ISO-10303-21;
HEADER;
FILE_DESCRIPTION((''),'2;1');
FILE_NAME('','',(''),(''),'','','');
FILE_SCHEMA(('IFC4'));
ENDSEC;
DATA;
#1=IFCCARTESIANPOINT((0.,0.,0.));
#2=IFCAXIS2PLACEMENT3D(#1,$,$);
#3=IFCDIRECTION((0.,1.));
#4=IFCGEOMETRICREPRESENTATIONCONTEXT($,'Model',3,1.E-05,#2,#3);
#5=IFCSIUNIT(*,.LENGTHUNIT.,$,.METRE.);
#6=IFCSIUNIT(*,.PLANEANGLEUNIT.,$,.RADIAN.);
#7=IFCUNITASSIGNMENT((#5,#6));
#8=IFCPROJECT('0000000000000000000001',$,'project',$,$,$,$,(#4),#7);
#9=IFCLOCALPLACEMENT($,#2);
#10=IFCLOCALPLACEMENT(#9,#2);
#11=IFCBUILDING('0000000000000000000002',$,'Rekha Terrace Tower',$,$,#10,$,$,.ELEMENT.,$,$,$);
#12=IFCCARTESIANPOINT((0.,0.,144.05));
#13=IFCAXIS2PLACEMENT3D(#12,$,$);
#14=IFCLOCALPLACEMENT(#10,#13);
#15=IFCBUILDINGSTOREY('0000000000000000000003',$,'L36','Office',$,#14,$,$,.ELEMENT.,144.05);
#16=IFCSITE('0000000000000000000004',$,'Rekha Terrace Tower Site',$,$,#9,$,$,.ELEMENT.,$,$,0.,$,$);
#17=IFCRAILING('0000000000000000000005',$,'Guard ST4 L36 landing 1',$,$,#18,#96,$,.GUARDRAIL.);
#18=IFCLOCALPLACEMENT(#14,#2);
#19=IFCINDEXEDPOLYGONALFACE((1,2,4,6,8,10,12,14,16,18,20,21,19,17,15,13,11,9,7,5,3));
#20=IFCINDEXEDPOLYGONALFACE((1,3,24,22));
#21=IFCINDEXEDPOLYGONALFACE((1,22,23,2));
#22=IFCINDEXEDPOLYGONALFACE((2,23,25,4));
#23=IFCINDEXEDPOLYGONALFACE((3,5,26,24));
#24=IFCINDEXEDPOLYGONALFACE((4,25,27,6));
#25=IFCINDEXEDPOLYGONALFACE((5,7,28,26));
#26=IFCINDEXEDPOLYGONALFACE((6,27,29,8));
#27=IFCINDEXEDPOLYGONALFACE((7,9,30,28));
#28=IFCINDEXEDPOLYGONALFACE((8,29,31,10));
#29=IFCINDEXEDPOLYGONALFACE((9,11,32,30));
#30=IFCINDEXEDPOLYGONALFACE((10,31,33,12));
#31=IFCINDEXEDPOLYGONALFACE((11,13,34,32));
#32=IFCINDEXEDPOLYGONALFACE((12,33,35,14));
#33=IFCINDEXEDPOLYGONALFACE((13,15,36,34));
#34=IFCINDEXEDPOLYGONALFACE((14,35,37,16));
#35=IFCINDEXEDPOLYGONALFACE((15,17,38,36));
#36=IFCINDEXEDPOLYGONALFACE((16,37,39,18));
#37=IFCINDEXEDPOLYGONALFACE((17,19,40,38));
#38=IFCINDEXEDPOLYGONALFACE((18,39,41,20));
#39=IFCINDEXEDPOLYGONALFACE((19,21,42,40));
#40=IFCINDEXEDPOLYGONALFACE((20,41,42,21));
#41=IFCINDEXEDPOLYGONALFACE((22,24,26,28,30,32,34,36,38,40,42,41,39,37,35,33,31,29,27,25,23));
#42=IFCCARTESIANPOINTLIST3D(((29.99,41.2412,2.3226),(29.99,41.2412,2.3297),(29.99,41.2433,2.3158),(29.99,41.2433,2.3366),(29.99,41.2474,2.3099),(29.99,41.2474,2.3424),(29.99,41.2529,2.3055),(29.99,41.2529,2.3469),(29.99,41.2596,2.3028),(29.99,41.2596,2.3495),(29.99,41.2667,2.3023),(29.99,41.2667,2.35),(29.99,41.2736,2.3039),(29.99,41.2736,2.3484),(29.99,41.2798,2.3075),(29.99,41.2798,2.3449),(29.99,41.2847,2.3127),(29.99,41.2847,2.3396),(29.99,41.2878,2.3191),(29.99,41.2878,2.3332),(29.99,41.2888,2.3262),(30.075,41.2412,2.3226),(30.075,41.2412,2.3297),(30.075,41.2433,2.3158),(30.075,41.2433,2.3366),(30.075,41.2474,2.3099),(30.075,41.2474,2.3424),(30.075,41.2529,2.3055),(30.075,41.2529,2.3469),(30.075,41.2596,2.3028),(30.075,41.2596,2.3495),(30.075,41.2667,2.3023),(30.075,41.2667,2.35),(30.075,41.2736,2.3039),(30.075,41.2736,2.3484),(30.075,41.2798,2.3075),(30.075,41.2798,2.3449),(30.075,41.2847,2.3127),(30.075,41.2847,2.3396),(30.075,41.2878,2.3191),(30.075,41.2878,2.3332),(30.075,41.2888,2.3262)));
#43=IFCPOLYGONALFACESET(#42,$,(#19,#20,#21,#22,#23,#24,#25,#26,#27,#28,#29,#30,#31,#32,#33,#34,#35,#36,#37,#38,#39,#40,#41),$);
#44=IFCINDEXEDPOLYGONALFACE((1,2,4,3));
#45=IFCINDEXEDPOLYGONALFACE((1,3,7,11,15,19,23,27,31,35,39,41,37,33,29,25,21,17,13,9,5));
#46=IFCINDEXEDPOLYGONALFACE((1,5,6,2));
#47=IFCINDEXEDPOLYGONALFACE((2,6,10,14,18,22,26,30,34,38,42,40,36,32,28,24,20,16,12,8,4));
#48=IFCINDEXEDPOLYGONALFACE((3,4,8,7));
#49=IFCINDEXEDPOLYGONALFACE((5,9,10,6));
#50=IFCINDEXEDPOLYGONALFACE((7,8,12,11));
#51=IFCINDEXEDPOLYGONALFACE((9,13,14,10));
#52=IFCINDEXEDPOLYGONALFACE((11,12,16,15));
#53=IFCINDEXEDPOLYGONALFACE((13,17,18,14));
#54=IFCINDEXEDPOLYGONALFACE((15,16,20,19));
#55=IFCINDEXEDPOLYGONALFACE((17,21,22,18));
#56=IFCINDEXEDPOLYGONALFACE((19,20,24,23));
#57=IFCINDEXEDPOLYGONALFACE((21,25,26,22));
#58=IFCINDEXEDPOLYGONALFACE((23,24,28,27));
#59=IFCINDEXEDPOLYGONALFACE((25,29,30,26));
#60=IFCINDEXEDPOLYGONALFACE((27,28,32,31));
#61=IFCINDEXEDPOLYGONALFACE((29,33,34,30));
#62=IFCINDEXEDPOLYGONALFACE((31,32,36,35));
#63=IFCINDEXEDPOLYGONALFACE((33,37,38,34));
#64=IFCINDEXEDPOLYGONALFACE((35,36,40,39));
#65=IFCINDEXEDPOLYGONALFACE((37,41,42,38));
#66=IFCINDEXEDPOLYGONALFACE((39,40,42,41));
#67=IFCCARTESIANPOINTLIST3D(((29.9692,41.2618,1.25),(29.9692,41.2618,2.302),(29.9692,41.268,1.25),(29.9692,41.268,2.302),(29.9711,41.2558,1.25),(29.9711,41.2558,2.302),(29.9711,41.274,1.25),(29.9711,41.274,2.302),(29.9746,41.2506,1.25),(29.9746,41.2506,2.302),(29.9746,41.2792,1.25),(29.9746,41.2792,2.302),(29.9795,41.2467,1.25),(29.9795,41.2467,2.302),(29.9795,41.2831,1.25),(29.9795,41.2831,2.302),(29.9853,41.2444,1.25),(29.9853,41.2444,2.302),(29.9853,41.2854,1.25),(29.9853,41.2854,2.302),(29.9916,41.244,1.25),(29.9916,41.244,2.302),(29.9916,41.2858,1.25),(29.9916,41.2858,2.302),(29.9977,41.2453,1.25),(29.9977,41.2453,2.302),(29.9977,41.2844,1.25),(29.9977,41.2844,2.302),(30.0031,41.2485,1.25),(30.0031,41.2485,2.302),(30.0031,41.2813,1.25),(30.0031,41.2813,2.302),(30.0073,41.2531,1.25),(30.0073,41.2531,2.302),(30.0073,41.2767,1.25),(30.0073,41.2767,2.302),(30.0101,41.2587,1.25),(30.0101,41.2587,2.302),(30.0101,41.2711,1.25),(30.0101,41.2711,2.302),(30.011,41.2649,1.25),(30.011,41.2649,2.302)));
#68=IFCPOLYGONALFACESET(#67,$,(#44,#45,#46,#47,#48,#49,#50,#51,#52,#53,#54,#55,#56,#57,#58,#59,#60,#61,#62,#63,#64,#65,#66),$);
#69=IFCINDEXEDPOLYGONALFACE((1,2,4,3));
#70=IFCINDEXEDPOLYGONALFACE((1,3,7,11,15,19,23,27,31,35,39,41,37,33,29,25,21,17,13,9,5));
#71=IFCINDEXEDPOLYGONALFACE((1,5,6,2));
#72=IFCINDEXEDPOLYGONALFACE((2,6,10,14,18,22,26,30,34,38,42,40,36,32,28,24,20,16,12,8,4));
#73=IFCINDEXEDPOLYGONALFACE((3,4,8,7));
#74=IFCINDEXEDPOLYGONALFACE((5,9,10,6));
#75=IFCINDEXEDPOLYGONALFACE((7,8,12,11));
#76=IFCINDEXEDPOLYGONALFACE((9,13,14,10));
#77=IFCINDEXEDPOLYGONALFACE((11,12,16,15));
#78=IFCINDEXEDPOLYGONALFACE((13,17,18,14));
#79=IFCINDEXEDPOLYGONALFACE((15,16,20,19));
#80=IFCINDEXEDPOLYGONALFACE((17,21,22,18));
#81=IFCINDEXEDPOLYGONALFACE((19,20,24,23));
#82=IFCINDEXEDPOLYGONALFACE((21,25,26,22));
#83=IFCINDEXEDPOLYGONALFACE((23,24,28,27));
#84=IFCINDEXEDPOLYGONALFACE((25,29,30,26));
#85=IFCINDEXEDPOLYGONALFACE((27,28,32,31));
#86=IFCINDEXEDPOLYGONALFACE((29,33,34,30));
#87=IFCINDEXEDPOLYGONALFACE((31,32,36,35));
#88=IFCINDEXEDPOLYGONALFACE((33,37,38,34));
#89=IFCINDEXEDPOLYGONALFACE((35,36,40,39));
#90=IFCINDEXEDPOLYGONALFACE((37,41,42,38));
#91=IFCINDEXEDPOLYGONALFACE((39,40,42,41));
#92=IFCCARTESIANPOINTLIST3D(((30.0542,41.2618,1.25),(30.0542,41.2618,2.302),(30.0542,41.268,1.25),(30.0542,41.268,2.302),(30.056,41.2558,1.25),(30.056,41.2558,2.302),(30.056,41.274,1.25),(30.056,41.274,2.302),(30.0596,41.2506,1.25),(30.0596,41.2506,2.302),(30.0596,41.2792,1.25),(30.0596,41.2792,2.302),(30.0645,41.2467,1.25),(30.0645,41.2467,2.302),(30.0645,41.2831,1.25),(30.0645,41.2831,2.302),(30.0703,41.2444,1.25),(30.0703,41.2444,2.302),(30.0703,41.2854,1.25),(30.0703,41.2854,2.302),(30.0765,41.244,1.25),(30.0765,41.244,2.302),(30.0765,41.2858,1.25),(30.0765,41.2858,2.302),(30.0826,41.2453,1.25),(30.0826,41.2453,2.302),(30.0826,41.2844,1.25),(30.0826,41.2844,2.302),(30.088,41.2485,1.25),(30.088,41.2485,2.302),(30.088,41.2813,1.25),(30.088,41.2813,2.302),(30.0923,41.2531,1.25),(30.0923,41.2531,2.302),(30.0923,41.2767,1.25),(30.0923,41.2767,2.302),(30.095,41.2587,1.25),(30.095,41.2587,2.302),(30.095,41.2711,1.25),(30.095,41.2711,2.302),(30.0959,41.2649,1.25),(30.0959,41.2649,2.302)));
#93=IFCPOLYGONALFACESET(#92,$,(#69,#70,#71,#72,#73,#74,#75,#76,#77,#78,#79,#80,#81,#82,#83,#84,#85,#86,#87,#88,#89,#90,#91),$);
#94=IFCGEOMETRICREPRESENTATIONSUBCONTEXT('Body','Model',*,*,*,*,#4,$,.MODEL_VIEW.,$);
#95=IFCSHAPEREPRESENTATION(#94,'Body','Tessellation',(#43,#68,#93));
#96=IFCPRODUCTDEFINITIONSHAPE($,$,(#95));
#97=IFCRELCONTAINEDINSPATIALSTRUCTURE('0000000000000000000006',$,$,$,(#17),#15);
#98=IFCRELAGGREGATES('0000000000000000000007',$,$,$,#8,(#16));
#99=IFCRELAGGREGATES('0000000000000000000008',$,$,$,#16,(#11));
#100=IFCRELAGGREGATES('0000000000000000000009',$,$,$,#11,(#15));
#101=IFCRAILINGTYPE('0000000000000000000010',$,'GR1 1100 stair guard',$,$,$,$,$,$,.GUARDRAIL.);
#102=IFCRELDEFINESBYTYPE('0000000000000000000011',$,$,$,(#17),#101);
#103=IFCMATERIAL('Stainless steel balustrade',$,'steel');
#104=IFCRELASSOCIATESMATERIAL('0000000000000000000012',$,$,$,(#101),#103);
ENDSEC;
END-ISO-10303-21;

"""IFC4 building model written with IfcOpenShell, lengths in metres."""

from ifc_helpers import new_model, si_unit, direction, frame, origin, origin_2d, place, context, subcontext, project, spatial, circle, extrude, material, type_object, element, save


model = new_model("IFC4")

# Units and contexts
model_context = context("Model", 3, precision=1e-05, world=origin(), true_north=direction((0.0, 1.0)))
body_context = subcontext(model_context, "Body", "Model", "MODEL_VIEW")
ifc_project = project(units=[si_unit("LENGTHUNIT", "METRE"), si_unit("PLANEANGLEUNIT", "RADIAN")], contexts=[model_context])

# Site, building, storey
site_placement = place(None, origin())
site = spatial("IfcSite", under=ifc_project, at=site_placement, Name="Rekha Terrace Tower Site", CompositionType="ELEMENT", RefElevation=0.0)
building_placement = place(site_placement, origin())
building = spatial("IfcBuilding", under=site, at=building_placement, Name="Rekha Terrace Tower", CompositionType="ELEMENT")
storey_placement = place(building_placement, frame((0.0, 0.0, 144.05)))
storey = spatial("IfcBuildingStorey", under=building, at=storey_placement, Name="L36", Description="Office", CompositionType="ELEMENT", Elevation=144.05)

# Railing
ifc_material_1 = material(Name="Stainless steel balustrade", Category="steel")
railing_type_1 = type_object("IfcRailingType", Name="GR1 1100 stair guard", PredefinedType="GUARDRAIL", material=ifc_material_1)
railing_1_placement = place(storey_placement, frame((29.99, 41.2649, 1.25)))
element("IfcRailing", 1, at=railing_1_placement, inside=storey, type_object=railing_type_1, Name="Guard ST4 L36 landing 1", PredefinedType="GUARDRAIL", context=body_context, shape_type="SweptSolid", body=[
    extrude(circle(Radius=0.0239, at=origin_2d()), frame((0.0, 0.0, 1.0762), z_axis=(1.0, 0.0, 0.0), x_axis=(0.0, 1.0, 0.0)), (0.0, 0.0, 1.0), 0.085),
    extrude(circle(Radius=0.021, at=origin_2d()), origin(), (0.0, 0.0, 1.0), 1.052),
    extrude(circle(Radius=0.021, at=origin_2d()), frame((0.085, 0.0, 0.0)), (0.0, 0.0, 1.0), 1.052),
])

save(model, "model.ifc")
